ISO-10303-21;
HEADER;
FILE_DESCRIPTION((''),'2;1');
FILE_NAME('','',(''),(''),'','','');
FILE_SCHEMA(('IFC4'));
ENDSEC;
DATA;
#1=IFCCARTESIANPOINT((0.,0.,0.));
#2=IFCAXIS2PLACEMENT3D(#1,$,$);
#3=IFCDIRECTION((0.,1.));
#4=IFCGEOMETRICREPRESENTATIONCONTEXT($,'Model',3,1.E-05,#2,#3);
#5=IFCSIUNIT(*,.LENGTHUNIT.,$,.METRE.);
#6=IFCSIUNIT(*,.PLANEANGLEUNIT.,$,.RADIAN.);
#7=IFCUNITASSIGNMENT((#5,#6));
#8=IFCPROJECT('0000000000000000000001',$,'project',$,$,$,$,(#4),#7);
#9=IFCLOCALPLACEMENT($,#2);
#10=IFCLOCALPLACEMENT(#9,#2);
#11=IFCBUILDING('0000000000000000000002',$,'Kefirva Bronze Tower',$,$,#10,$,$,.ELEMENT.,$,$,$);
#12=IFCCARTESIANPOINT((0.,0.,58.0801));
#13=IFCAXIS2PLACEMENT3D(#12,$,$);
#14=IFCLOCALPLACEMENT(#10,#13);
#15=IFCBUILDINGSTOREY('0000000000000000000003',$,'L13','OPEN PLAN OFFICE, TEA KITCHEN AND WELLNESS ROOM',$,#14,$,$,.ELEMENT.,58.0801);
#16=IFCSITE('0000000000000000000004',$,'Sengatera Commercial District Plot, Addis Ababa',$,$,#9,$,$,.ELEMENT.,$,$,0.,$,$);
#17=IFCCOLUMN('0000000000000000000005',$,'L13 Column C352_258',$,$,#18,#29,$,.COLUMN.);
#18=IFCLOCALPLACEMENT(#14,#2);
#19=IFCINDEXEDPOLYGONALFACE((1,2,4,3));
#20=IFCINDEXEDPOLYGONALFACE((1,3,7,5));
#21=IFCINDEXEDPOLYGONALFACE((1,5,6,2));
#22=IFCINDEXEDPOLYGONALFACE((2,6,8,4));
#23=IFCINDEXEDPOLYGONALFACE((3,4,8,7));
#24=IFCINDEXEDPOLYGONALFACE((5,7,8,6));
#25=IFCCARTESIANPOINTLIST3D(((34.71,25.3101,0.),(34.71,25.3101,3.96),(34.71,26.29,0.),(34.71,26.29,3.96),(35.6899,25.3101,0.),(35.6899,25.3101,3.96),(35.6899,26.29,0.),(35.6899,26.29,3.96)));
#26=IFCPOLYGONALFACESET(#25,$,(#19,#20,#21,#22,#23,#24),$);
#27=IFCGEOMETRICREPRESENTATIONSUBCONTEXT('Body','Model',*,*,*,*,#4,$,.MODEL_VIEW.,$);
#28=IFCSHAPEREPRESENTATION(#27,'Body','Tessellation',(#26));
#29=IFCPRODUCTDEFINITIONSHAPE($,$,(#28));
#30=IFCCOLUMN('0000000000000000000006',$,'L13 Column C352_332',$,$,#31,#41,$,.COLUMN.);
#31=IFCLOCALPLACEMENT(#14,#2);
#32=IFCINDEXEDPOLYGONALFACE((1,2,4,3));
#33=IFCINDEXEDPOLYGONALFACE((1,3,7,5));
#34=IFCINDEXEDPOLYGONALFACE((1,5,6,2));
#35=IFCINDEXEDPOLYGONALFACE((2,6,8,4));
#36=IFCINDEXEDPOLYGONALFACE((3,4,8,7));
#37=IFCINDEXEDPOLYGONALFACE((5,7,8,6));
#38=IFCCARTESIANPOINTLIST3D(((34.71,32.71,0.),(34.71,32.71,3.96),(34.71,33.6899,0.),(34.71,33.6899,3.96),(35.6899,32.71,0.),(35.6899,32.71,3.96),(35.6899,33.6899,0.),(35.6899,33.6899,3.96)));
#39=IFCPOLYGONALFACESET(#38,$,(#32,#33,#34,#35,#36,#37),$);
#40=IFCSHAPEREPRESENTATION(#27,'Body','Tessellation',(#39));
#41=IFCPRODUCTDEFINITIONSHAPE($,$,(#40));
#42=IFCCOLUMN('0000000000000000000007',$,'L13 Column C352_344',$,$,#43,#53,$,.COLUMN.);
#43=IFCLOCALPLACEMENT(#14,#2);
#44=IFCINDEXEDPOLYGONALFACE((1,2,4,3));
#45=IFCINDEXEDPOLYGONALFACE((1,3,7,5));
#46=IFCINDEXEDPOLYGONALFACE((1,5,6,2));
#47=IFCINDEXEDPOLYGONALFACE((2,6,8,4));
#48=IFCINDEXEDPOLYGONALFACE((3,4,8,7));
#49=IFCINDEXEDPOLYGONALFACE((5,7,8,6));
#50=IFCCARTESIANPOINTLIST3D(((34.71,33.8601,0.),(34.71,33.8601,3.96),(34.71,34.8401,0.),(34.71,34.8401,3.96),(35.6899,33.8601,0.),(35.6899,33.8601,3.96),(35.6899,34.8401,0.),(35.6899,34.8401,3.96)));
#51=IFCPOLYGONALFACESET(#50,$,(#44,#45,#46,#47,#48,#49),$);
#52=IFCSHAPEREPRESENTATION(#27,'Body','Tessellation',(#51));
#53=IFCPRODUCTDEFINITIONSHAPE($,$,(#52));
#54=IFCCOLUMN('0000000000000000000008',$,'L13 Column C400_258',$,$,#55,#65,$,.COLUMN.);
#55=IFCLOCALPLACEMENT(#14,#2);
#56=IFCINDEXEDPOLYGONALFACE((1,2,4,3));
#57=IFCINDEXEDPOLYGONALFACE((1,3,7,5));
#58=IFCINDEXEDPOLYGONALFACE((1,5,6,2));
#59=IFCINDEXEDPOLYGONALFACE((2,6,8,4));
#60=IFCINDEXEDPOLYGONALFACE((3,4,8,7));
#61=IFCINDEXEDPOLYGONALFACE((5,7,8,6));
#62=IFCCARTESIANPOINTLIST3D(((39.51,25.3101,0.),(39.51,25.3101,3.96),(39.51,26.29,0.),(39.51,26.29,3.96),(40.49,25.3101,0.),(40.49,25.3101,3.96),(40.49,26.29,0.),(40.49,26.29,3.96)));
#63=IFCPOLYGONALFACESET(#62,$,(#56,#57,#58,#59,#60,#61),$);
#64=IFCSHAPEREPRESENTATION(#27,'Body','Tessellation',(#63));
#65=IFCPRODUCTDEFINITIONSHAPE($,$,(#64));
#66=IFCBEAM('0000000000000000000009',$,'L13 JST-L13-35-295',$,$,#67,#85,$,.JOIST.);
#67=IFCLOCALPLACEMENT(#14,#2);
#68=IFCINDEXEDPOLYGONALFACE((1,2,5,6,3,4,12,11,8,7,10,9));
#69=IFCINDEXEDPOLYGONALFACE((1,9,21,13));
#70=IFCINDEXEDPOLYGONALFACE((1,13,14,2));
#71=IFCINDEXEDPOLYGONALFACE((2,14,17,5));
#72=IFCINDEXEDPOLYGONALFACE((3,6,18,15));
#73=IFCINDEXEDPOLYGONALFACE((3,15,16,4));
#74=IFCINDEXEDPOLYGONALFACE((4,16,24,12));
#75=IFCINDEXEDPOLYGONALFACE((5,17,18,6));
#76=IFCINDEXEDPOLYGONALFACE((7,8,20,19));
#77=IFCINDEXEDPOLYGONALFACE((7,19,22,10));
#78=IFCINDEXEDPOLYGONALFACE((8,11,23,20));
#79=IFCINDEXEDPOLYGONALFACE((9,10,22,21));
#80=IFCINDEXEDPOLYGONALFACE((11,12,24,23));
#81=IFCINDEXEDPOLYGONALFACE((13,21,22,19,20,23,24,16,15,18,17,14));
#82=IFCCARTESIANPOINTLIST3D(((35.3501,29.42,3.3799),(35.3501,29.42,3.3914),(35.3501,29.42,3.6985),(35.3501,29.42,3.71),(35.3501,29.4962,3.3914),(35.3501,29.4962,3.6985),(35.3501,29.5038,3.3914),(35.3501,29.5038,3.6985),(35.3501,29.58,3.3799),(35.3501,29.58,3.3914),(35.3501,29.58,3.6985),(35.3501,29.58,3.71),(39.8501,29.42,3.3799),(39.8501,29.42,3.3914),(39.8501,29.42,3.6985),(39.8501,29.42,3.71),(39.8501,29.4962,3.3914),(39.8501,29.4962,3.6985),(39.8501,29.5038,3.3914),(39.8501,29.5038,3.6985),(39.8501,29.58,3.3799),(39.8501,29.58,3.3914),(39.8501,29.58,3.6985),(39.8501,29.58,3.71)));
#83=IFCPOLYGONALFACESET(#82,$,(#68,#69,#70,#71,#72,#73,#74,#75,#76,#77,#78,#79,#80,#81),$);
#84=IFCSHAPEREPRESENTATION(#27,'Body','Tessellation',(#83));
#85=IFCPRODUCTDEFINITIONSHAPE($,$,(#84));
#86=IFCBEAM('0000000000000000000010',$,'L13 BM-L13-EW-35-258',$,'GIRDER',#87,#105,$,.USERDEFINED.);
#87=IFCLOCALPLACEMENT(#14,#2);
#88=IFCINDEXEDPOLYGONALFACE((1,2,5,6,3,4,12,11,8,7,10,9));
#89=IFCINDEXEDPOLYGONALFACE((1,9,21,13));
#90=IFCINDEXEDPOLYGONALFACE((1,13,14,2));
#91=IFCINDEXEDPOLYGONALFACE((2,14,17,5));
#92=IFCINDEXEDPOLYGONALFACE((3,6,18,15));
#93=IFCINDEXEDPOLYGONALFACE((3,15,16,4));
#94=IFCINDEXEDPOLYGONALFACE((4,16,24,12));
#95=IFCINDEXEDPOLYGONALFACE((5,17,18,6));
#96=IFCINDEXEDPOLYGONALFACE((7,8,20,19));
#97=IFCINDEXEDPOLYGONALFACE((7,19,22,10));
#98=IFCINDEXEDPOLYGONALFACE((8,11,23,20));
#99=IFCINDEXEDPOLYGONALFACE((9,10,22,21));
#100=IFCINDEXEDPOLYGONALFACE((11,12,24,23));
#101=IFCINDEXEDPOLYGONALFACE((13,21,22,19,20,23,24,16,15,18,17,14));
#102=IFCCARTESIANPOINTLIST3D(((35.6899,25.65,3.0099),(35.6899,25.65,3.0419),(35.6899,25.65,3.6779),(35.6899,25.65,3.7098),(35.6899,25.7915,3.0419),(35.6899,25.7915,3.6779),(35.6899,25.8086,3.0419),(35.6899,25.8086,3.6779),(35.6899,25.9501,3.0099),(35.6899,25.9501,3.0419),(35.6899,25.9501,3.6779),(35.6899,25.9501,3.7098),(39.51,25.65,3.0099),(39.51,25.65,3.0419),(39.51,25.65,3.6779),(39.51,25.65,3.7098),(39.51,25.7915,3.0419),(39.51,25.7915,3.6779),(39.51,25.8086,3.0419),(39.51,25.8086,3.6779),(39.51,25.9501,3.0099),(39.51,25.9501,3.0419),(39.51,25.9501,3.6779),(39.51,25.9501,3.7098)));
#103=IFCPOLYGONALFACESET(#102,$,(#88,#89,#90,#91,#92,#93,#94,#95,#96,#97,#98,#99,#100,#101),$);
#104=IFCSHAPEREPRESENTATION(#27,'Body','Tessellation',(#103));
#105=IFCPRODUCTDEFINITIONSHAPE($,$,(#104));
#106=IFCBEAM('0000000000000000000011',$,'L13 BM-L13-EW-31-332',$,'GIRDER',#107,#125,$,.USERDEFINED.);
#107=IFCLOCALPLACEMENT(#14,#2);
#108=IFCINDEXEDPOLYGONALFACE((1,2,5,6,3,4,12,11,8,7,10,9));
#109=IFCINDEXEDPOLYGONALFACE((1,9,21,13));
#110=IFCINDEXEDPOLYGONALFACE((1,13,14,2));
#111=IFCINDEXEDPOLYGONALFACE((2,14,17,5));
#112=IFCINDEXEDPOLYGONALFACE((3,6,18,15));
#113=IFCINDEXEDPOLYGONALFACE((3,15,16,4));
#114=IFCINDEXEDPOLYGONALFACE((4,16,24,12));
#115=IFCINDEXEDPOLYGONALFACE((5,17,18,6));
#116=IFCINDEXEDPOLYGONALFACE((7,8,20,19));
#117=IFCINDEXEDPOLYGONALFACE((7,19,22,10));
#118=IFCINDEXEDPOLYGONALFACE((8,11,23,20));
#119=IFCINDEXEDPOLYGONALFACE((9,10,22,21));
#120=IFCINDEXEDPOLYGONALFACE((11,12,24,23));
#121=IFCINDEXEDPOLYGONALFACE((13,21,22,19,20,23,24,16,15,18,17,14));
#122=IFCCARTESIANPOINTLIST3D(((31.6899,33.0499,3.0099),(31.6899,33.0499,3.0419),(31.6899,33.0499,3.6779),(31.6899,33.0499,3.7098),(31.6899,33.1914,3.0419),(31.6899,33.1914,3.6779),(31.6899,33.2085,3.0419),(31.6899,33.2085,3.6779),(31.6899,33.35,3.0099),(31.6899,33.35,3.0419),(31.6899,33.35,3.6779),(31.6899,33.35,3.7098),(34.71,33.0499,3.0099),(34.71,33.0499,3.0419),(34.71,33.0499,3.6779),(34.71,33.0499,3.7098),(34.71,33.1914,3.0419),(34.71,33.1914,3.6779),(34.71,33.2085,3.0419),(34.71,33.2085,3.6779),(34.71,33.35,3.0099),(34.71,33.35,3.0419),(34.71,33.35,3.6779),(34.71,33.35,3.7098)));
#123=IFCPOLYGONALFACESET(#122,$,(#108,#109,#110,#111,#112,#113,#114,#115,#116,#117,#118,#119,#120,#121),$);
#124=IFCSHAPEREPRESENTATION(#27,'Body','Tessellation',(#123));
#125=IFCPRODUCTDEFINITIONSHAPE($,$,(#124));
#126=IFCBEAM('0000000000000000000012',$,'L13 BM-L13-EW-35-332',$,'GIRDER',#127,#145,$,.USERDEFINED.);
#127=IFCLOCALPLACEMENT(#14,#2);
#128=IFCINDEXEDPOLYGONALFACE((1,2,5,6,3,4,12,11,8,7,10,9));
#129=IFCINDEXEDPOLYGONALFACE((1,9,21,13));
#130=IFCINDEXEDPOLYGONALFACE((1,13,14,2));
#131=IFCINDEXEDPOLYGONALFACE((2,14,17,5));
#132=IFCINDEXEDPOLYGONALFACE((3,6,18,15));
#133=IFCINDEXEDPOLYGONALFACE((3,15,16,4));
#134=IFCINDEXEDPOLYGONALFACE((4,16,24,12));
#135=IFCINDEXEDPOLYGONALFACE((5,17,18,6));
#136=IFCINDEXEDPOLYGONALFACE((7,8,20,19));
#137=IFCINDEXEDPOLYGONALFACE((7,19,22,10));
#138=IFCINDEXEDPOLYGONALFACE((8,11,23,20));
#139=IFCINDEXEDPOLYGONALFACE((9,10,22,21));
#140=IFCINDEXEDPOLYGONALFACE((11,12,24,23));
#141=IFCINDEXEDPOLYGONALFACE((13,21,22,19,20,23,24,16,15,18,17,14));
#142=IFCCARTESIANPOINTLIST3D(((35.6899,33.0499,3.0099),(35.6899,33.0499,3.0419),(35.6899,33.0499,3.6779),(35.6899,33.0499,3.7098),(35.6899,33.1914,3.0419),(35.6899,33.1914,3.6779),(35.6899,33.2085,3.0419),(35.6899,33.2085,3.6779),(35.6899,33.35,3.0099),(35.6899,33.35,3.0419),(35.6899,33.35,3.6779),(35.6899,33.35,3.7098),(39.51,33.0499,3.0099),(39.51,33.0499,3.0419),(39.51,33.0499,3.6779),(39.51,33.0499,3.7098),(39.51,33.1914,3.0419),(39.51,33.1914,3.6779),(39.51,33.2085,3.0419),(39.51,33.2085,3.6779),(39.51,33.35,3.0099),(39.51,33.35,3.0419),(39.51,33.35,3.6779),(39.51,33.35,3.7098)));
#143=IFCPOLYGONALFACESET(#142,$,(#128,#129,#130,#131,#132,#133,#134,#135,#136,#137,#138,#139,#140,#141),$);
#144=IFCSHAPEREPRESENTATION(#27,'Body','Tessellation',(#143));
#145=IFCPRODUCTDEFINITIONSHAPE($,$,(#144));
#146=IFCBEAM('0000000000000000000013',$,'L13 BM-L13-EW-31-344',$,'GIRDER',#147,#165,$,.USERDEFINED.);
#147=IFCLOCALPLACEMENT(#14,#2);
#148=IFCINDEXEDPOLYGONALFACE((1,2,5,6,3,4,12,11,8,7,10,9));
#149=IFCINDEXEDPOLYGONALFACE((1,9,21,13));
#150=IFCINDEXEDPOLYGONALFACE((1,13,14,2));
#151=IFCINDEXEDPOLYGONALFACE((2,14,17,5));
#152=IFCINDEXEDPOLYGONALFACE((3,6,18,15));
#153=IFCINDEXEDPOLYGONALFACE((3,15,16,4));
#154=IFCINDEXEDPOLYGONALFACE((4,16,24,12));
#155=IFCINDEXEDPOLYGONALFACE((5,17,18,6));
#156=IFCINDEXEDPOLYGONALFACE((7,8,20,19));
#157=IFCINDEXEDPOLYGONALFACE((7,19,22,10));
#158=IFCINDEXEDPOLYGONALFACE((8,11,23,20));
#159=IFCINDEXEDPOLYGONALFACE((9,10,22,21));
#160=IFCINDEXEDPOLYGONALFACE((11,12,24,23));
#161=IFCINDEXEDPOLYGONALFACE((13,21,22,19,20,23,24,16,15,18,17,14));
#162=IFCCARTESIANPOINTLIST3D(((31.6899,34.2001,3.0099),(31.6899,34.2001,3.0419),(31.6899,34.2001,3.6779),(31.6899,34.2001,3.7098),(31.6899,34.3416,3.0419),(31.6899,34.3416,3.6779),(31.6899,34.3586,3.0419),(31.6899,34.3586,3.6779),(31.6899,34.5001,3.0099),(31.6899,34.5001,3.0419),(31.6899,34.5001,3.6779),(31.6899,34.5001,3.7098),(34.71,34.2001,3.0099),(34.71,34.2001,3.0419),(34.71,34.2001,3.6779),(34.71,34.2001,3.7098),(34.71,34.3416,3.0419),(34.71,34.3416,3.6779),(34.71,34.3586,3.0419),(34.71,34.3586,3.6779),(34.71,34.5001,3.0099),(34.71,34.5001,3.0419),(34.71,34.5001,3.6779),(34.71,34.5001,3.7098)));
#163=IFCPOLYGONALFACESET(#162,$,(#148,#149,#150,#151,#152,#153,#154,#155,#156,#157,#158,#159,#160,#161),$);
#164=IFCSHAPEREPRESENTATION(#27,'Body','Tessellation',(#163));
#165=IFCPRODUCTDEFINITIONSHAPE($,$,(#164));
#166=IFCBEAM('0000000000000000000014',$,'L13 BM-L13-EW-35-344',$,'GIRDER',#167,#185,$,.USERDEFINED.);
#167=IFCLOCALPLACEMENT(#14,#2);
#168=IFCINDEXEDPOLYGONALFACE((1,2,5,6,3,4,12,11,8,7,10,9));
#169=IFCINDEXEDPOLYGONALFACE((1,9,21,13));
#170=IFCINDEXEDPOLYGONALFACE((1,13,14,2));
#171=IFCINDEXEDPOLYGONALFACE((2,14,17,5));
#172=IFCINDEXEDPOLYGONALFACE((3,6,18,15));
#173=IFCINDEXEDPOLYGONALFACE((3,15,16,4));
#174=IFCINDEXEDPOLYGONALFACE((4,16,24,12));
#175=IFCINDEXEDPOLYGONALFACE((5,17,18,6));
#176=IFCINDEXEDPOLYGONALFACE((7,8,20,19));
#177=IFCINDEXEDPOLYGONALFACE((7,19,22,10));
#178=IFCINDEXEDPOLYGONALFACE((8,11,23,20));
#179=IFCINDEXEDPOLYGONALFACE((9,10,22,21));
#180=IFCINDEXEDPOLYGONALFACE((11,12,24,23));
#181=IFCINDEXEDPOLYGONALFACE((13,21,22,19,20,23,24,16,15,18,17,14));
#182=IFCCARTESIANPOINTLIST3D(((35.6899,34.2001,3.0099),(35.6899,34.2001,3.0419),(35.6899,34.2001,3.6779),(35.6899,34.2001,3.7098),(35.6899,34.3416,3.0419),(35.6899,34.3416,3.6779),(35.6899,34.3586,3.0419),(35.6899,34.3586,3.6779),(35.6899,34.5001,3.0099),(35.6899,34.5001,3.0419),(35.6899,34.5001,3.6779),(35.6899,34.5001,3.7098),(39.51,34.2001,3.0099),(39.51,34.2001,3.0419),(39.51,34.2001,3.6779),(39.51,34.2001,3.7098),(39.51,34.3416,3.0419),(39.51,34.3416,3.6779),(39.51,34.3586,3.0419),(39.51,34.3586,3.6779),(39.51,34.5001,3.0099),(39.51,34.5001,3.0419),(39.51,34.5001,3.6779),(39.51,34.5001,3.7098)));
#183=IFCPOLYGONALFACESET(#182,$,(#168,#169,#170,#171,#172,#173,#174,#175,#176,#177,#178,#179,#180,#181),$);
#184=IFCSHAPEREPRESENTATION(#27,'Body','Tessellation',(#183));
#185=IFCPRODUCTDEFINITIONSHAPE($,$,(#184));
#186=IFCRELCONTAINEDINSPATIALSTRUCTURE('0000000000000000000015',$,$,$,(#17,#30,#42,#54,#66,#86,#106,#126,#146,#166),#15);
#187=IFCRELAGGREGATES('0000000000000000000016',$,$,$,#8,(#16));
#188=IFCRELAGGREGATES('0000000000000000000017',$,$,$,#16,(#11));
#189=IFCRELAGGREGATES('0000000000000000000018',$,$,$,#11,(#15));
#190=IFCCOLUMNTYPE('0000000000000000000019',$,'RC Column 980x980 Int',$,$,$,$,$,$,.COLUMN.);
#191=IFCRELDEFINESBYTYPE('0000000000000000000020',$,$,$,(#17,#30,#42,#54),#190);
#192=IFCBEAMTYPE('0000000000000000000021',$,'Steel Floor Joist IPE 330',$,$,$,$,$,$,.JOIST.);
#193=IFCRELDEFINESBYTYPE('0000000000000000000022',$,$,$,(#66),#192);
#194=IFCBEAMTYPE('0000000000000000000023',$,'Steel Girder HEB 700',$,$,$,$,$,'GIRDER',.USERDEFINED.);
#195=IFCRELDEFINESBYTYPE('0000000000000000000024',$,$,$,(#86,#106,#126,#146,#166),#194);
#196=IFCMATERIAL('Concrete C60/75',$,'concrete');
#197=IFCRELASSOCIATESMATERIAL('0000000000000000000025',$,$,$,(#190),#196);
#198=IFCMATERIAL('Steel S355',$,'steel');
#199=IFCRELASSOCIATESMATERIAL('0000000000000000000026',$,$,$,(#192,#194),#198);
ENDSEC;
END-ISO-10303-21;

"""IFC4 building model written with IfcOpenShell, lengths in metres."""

from ifc_helpers import new_model, si_unit, direction, frame, origin, origin_2d, place, context, subcontext, project, spatial, rectangle, i_section, extrude, material, material_profile, profile_set, type_object, element, save


model = new_model("IFC4")

# Units and contexts
model_context = context("Model", 3, precision=1e-05, world=origin(), true_north=direction((0.0, 1.0)))
body_context = subcontext(model_context, "Body", "Model", "MODEL_VIEW")
ifc_project = project(units=[si_unit("LENGTHUNIT", "METRE"), si_unit("PLANEANGLEUNIT", "RADIAN")], contexts=[model_context])

# Site, building, storey
site_placement = place(None, origin())
site = spatial("IfcSite", under=ifc_project, at=site_placement, Name="Sengatera Commercial District Plot, Addis Ababa", CompositionType="ELEMENT", RefElevation=0.0)
building_placement = place(site_placement, origin())
building = spatial("IfcBuilding", under=site, at=building_placement, Name="Kefirva Bronze Tower", CompositionType="ELEMENT")
storey_placement = place(building_placement, frame((0.0, 0.0, 58.0801)))
storey = spatial("IfcBuildingStorey", under=building, at=storey_placement, Name="L13", Description="OPEN PLAN OFFICE, TEA KITCHEN AND WELLNESS ROOM", CompositionType="ELEMENT", Elevation=58.0801)

# Columns
ifc_material_1 = material(Name="Concrete C60/75", Category="concrete")
ifc_material_profile_1 = material_profile(ifc_material_1, rectangle(XDim=0.98, YDim=0.98, at=origin_2d()), Name="RC 980x980")
ifc_profile_set_1 = profile_set([ifc_material_profile_1], Name="Concrete C60/75")
column_type = type_object("IfcColumnType", Name="RC Column 980x980 Int", PredefinedType="COLUMN", material=ifc_profile_set_1)
for number, where, z_axis, x_axis, name in (
    (1, (35.2, 25.8, 0.0), (0.0, 0.0, 1.0), (1.0, 0.0, 0.0), "L13 Column C352_258"),
    (2, (35.2, 33.2, 0.0), (0.0, 0.0, 1.0), (1.0, 0.0, 0.0), "L13 Column C352_332"),
    (3, (35.2, 34.3501, 0.0), (0.0, 0.0, 1.0), (1.0, 0.0, 0.0), "L13 Column C352_344"),
    (4, (40.0, 25.8, 0.0), (0.0, 0.0, 1.0), (1.0, 0.0, 0.0), "L13 Column C400_258"),
):
    element("IfcColumn", number, at=place(storey_placement, frame(where, z_axis=z_axis, x_axis=x_axis)), inside=storey, type_object=column_type, Name=name, PredefinedType="COLUMN", context=body_context, shape_type="SweptSolid", body=[
        extrude(rectangle(XDim=0.98, YDim=0.98, at=origin_2d()), origin(), (0.0, 0.0, 1.0), 3.96),
    ])

# Beams
ifc_material_2 = material(Name="Steel S355", Category="steel")
ifc_material_profile_2 = material_profile(ifc_material_2, i_section(OverallWidth=0.1599, OverallDepth=0.3301, WebThickness=0.0076, FlangeThickness=0.0115, at=origin_2d()), Name="IPE 330")
ifc_profile_set_2 = profile_set([ifc_material_profile_2], Name="Steel S355")
beam_type_1 = type_object("IfcBeamType", Name="Steel Floor Joist IPE 330", PredefinedType="JOIST", material=ifc_profile_set_2)
beam_1_placement = place(storey_placement, frame((35.3501, 29.5, 3.5449), z_axis=(1.0, 0.0, 0.0), x_axis=(0.0, 1.0, 0.0)))
element("IfcBeam", 5, at=beam_1_placement, inside=storey, type_object=beam_type_1, Name="L13 JST-L13-35-295", PredefinedType="JOIST", context=body_context, shape_type="SweptSolid", body=[
    extrude(i_section(OverallWidth=0.1599, OverallDepth=0.3301, WebThickness=0.0076, FlangeThickness=0.0115, at=origin_2d()), origin(), (0.0, 0.0, 1.0), 4.5),
])
ifc_material_profile_3 = material_profile(ifc_material_2, i_section(OverallWidth=0.3, OverallDepth=0.7, WebThickness=0.0171, FlangeThickness=0.032, at=origin_2d()), Name="HEB 700")
ifc_profile_set_3 = profile_set([ifc_material_profile_3], Name="Steel S355")
beam_type_2 = type_object("IfcBeamType", Name="Steel Girder HEB 700", ElementType="GIRDER", PredefinedType="USERDEFINED", material=ifc_profile_set_3)
beam_2_placement = place(storey_placement, frame((35.6899, 25.8, 3.3599), z_axis=(1.0, 0.0, 0.0), x_axis=(0.0, 1.0, 0.0)))
element("IfcBeam", 6, at=beam_2_placement, inside=storey, type_object=beam_type_2, Name="L13 BM-L13-EW-35-258", ObjectType="GIRDER", PredefinedType="USERDEFINED", context=body_context, shape_type="SweptSolid", body=[
    extrude(i_section(OverallWidth=0.3, OverallDepth=0.7, WebThickness=0.0171, FlangeThickness=0.032, at=origin_2d()), origin(), (0.0, 0.0, 1.0), 3.8201),
])
beam_3_placement = place(storey_placement, frame((31.6899, 33.2, 3.3599), z_axis=(1.0, 0.0, 0.0), x_axis=(0.0, 1.0, 0.0)))
element("IfcBeam", 7, at=beam_3_placement, inside=storey, type_object=beam_type_2, Name="L13 BM-L13-EW-31-332", ObjectType="GIRDER", PredefinedType="USERDEFINED", context=body_context, shape_type="SweptSolid", body=[
    extrude(i_section(OverallWidth=0.3, OverallDepth=0.7, WebThickness=0.0171, FlangeThickness=0.032, at=origin_2d()), origin(), (0.0, 0.0, 1.0), 3.02),
])
beam_4_placement = place(storey_placement, frame((35.6899, 33.2, 3.3599), z_axis=(1.0, 0.0, 0.0), x_axis=(0.0, 1.0, 0.0)))
element("IfcBeam", 8, at=beam_4_placement, inside=storey, type_object=beam_type_2, Name="L13 BM-L13-EW-35-332", ObjectType="GIRDER", PredefinedType="USERDEFINED", context=body_context, shape_type="SweptSolid", body=[
    extrude(i_section(OverallWidth=0.3, OverallDepth=0.7, WebThickness=0.0171, FlangeThickness=0.032, at=origin_2d()), origin(), (0.0, 0.0, 1.0), 3.8201),
])
beam_5_placement = place(storey_placement, frame((31.6899, 34.3501, 3.3599), z_axis=(1.0, 0.0, 0.0), x_axis=(0.0, 1.0, 0.0)))
element("IfcBeam", 9, at=beam_5_placement, inside=storey, type_object=beam_type_2, Name="L13 BM-L13-EW-31-344", ObjectType="GIRDER", PredefinedType="USERDEFINED", context=body_context, shape_type="SweptSolid", body=[
    extrude(i_section(OverallWidth=0.3, OverallDepth=0.7, WebThickness=0.0171, FlangeThickness=0.032, at=origin_2d()), origin(), (0.0, 0.0, 1.0), 3.02),
])
beam_6_placement = place(storey_placement, frame((35.6899, 34.3501, 3.3599), z_axis=(1.0, 0.0, 0.0), x_axis=(0.0, 1.0, 0.0)))
element("IfcBeam", 10, at=beam_6_placement, inside=storey, type_object=beam_type_2, Name="L13 BM-L13-EW-35-344", ObjectType="GIRDER", PredefinedType="USERDEFINED", context=body_context, shape_type="SweptSolid", body=[
    extrude(i_section(OverallWidth=0.3, OverallDepth=0.7, WebThickness=0.0171, FlangeThickness=0.032, at=origin_2d()), origin(), (0.0, 0.0, 1.0), 3.8201),
])

save(model, "model.ifc")
